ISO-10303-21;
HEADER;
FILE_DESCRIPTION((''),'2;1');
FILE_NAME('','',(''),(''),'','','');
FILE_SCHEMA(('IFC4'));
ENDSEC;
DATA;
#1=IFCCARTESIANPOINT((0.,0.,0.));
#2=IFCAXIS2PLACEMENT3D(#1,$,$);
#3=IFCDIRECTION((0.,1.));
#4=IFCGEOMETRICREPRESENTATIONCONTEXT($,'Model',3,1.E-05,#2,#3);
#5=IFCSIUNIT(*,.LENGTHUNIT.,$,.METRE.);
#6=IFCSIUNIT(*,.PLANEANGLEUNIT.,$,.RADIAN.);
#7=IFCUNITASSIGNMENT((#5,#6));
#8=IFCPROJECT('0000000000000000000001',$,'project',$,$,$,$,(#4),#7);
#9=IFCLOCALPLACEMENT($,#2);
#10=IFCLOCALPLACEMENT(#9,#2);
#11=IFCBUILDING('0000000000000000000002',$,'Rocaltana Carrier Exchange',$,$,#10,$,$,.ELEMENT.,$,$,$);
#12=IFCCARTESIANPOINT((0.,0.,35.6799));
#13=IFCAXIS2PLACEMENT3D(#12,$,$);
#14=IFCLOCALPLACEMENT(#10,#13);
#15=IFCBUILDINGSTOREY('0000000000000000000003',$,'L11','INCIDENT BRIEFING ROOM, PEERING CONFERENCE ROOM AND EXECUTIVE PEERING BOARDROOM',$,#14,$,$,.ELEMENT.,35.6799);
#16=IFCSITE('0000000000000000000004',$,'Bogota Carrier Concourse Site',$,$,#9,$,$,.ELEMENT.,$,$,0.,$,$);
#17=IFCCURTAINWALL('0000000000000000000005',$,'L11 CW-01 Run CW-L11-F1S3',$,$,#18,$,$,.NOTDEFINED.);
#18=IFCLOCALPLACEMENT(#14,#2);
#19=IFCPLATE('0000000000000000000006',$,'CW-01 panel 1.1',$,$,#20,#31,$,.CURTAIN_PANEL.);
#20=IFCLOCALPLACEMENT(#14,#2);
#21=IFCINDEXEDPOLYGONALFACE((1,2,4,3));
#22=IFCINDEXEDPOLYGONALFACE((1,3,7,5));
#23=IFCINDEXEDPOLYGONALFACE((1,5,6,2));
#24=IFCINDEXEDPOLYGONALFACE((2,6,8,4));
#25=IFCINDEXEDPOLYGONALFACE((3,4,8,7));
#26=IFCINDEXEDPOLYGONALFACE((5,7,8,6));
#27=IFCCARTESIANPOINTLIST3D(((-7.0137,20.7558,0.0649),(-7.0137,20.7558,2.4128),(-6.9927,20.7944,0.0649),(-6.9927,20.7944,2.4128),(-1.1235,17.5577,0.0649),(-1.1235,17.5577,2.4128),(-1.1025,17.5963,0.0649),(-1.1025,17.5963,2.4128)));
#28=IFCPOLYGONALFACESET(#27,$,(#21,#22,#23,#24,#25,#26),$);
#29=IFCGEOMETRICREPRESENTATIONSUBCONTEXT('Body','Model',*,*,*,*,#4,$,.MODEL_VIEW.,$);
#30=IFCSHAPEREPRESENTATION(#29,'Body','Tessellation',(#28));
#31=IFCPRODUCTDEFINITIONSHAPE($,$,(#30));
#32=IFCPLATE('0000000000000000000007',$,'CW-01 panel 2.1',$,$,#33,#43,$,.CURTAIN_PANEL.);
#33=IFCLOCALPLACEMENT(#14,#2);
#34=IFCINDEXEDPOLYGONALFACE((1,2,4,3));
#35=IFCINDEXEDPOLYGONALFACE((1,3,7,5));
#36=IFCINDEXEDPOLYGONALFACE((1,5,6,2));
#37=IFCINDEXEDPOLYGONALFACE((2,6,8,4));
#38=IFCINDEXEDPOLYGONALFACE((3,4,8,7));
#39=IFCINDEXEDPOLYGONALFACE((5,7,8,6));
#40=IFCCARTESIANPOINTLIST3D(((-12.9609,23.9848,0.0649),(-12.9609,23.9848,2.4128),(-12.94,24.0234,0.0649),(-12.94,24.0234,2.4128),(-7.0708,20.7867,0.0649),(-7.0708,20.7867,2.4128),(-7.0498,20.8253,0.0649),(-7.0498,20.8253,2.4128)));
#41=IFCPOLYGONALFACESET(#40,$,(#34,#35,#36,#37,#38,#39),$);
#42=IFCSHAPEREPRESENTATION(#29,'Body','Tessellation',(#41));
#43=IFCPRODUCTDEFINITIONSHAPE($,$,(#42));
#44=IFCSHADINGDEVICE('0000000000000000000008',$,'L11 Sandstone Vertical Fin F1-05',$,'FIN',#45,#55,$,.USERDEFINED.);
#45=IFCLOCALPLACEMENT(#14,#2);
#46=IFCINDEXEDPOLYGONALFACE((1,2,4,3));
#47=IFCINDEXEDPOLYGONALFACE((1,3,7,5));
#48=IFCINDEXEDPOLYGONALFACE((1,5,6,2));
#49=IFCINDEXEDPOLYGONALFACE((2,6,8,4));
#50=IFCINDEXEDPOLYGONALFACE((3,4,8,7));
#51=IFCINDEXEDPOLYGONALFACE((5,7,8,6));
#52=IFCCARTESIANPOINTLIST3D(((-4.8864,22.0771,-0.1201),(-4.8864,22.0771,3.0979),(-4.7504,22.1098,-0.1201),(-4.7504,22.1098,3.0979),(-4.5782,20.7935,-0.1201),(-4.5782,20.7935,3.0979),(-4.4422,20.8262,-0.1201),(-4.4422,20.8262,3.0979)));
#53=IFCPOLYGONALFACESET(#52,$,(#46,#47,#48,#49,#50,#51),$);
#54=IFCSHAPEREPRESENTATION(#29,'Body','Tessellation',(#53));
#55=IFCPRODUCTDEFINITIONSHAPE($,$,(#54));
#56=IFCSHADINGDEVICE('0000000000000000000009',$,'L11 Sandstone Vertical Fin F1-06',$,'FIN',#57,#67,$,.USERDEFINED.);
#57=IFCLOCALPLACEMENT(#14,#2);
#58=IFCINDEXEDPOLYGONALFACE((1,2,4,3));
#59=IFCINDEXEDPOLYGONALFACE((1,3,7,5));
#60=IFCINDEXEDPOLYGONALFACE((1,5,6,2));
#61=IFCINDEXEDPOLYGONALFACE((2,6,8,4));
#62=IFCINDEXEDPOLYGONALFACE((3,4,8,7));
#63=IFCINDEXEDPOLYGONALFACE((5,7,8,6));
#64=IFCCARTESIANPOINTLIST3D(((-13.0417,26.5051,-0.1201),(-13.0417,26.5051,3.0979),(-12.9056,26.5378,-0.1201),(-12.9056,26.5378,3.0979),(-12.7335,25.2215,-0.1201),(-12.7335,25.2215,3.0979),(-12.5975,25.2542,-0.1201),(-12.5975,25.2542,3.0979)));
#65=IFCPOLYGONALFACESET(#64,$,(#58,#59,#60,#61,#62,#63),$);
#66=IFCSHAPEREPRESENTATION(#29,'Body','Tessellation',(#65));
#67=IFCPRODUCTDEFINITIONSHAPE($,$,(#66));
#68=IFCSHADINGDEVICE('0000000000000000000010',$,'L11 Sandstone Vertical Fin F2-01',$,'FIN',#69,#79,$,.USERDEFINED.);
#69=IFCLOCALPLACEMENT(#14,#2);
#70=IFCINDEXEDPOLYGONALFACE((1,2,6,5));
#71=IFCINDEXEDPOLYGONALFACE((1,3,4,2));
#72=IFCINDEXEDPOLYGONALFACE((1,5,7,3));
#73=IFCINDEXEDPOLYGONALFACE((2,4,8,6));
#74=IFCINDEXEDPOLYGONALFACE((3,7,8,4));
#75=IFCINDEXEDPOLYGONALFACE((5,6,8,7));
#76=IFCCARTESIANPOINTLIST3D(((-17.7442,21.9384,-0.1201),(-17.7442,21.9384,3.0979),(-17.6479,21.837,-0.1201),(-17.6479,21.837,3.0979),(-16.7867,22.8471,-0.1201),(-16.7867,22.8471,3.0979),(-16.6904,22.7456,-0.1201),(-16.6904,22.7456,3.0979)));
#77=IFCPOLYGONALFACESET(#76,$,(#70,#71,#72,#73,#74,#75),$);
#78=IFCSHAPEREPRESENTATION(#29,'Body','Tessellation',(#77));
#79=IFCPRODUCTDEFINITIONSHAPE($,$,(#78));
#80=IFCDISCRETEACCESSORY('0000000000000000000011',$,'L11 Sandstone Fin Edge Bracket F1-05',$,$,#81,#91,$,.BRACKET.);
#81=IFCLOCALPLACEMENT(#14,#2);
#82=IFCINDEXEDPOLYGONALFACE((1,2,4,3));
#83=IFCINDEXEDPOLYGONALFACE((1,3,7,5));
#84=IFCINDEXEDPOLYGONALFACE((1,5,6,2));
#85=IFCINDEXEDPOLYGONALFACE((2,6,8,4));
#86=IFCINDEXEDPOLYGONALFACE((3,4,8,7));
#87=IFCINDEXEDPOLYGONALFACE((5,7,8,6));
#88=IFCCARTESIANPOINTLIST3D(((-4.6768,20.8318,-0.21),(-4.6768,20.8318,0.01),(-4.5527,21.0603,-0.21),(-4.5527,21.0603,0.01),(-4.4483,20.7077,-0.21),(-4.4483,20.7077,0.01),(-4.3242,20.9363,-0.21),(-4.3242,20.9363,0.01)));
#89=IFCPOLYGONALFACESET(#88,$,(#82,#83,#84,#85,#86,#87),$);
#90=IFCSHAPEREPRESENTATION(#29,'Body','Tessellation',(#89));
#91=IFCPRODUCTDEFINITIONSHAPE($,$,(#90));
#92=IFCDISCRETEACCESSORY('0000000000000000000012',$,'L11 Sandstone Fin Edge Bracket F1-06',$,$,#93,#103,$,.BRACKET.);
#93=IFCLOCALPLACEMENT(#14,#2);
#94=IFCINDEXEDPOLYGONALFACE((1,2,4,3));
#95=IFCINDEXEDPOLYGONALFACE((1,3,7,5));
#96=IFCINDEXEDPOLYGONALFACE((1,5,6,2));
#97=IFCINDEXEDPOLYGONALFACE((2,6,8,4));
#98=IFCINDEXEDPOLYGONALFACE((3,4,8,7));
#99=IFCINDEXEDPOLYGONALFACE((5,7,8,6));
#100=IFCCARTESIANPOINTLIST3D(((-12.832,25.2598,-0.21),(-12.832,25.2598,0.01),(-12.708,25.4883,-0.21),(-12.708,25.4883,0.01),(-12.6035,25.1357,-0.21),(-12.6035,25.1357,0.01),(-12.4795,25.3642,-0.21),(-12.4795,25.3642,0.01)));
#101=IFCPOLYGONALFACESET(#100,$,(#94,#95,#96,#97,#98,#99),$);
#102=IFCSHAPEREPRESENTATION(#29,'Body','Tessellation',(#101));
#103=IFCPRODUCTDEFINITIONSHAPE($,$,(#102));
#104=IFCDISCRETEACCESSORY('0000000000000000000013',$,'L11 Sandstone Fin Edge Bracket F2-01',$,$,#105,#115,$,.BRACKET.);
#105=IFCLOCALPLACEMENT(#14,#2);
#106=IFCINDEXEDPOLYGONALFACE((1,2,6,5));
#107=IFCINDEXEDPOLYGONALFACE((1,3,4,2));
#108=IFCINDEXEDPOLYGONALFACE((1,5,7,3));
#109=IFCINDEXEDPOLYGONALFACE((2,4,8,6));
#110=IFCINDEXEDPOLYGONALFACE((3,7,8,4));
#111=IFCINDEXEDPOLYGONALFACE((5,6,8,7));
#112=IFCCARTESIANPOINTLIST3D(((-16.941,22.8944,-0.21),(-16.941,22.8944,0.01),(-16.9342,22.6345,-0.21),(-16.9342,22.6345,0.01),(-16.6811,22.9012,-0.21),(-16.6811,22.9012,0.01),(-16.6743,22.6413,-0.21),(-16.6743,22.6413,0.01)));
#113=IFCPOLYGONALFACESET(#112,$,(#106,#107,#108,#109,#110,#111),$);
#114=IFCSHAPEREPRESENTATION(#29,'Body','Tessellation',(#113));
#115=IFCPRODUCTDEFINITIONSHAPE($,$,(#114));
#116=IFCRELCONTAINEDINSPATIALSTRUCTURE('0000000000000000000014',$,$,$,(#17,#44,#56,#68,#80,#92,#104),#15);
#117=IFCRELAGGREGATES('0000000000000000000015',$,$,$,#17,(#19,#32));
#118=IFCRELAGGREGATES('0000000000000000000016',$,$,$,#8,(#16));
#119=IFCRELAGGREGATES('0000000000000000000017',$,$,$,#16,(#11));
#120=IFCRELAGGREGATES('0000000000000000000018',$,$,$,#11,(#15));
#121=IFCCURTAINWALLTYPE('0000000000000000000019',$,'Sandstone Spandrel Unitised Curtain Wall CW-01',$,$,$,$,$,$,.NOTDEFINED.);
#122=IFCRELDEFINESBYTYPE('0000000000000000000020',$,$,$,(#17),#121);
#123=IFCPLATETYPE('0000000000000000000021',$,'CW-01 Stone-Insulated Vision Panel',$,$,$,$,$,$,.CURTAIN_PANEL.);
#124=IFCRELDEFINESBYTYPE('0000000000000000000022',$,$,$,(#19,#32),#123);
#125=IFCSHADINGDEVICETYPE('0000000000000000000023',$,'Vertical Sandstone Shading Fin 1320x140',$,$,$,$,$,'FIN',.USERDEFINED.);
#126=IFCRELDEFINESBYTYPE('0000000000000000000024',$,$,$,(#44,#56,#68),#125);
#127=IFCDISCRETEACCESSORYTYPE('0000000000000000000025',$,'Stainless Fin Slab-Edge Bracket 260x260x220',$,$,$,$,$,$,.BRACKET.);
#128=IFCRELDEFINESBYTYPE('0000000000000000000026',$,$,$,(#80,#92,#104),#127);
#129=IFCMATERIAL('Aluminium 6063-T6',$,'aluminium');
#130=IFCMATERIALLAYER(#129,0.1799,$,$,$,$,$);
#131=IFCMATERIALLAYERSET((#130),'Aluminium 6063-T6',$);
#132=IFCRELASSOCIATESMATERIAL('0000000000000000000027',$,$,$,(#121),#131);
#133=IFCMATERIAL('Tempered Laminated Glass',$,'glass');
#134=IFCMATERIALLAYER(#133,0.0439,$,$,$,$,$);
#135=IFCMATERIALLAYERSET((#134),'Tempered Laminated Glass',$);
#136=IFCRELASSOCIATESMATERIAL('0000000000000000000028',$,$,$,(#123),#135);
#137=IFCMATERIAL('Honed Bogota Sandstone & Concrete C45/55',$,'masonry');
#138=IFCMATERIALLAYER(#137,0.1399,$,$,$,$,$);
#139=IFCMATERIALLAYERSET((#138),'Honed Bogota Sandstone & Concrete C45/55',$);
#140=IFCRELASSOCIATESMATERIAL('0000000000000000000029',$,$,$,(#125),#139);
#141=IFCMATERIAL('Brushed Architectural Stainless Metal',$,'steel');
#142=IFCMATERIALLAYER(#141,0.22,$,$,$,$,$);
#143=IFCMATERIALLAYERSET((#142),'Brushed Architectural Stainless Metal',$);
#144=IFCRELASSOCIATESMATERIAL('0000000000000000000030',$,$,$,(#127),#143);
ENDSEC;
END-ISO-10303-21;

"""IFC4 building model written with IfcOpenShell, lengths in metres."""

from ifc_helpers import new_model, si_unit, direction, frame, origin, origin_2d, place, context, subcontext, project, spatial, rectangle, extrude, material, layer, layer_set, type_object, element, aggregate, save


model = new_model("IFC4")

# Units and contexts
model_context = context("Model", 3, precision=1e-05, world=origin(), true_north=direction((0.0, 1.0)))
body_context = subcontext(model_context, "Body", "Model", "MODEL_VIEW")
ifc_project = project(units=[si_unit("LENGTHUNIT", "METRE"), si_unit("PLANEANGLEUNIT", "RADIAN")], contexts=[model_context])

# Site, building, storey
site_placement = place(None, origin())
site = spatial("IfcSite", under=ifc_project, at=site_placement, Name="Bogota Carrier Concourse Site", CompositionType="ELEMENT", RefElevation=0.0)
building_placement = place(site_placement, origin())
building = spatial("IfcBuilding", under=site, at=building_placement, Name="Rocaltana Carrier Exchange", CompositionType="ELEMENT")
storey_placement = place(building_placement, frame((0.0, 0.0, 35.6799)))
storey = spatial("IfcBuildingStorey", under=building, at=storey_placement, Name="L11", Description="INCIDENT BRIEFING ROOM, PEERING CONFERENCE ROOM AND EXECUTIVE PEERING BOARDROOM", CompositionType="ELEMENT", Elevation=35.6799)

# Curtain wall
ifc_material_1 = material(Name="Aluminium 6063-T6", Category="aluminium")
ifc_layer_1 = layer(ifc_material_1, 0.1799)
ifc_layer_set_1 = layer_set([ifc_layer_1], Name="Aluminium 6063-T6")
curtain_wall_type = type_object("IfcCurtainWallType", Name="Sandstone Spandrel Unitised Curtain Wall CW-01", PredefinedType="NOTDEFINED", material=ifc_layer_set_1)
curtain_wall_1_placement = place(storey_placement, origin())
curtain_wall_1 = element("IfcCurtainWall", 1, at=curtain_wall_1_placement, inside=storey, type_object=curtain_wall_type, Name="L11 CW-01 Run CW-L11-F1S3", PredefinedType="NOTDEFINED")

# Plates
ifc_material_2 = material(Name="Tempered Laminated Glass", Category="glass")
ifc_layer_2 = layer(ifc_material_2, 0.0439)
ifc_layer_set_2 = layer_set([ifc_layer_2], Name="Tempered Laminated Glass")
plate_type = type_object("IfcPlateType", Name="CW-01 Stone-Insulated Vision Panel", PredefinedType="CURTAIN_PANEL", material=ifc_layer_set_2)
plate_1_placement = place(storey_placement, frame((-4.0581, 19.176, 0.0649), z_axis=(0.0, 0.0, 1.0), x_axis=(-0.878819, 0.477156, 0.0)))
plate_1 = element("IfcPlate", 2, at=plate_1_placement, type_object=plate_type, Name="CW-01 panel 1.1", PredefinedType="CURTAIN_PANEL", context=body_context, shape_type="SweptSolid", body=[
    extrude(rectangle(XDim=6.7024, YDim=0.0439, at=origin_2d()), origin(), (0.0, 0.0, 1.0), 2.3479),
])
plate_2_placement = place(storey_placement, frame((-10.0054, 22.405, 0.0649), z_axis=(0.0, 0.0, 1.0), x_axis=(-0.878819, 0.477156, 0.0)))
plate_2 = element("IfcPlate", 3, at=plate_2_placement, type_object=plate_type, Name="CW-01 panel 2.1", PredefinedType="CURTAIN_PANEL", context=body_context, shape_type="SweptSolid", body=[
    extrude(rectangle(XDim=6.7024, YDim=0.0439, at=origin_2d()), origin(), (0.0, 0.0, 1.0), 2.3479),
])
aggregate(curtain_wall_1, [plate_1, plate_2])

# Shading devices
ifc_material_3 = material(Name="Honed Bogota Sandstone & Concrete C45/55", Category="masonry")
ifc_layer_3 = layer(ifc_material_3, 0.1399)
ifc_layer_set_3 = layer_set([ifc_layer_3], Name="Honed Bogota Sandstone & Concrete C45/55")
shading_device_type = type_object("IfcShadingDeviceType", Name="Vertical Sandstone Shading Fin 1320x140", ElementType="FIN", PredefinedType="USERDEFINED", material=ifc_layer_set_3)
for number, where, z_axis, x_axis, name in (
    (4, (-4.6643, 21.4517, -0.1201), (0.0, 0.0, 1.0), (-0.233445, 0.97237, 0.0), "L11 Sandstone Vertical Fin F1-05"),
    (5, (-12.8196, 25.8796, -0.1201), (0.0, 0.0, 1.0), (-0.233445, 0.97237, 0.0), "L11 Sandstone Vertical Fin F1-06"),
    (6, (-17.2173, 22.342, -0.1201), (0.0, 0.0, 1.0), (-0.725374, -0.688355, 0.0), "L11 Sandstone Vertical Fin F2-01"),
):
    element("IfcShadingDevice", number, at=place(storey_placement, frame(where, z_axis=z_axis, x_axis=x_axis)), inside=storey, type_object=shading_device_type, Name=name, ObjectType="FIN", PredefinedType="USERDEFINED", context=body_context, shape_type="SweptSolid", body=[
        extrude(rectangle(XDim=1.3201, YDim=0.1399, at=origin_2d()), origin(), (0.0, 0.0, 1.0), 3.218),
    ])

# Discrete accessories
ifc_material_4 = material(Name="Brushed Architectural Stainless Metal", Category="steel")
ifc_layer_4 = layer(ifc_material_4, 0.22)
ifc_layer_set_4 = layer_set([ifc_layer_4], Name="Brushed Architectural Stainless Metal")
discrete_accessory_type = type_object("IfcDiscreteAccessoryType", Name="Stainless Fin Slab-Edge Bracket 260x260x220", PredefinedType="BRACKET", material=ifc_layer_set_4)
for number, where, z_axis, x_axis, name in (
    (7, (-4.5005, 20.884, -0.21), (0.0, 0.0, 1.0), (-0.878817, 0.477159, 0.0), "L11 Sandstone Fin Edge Bracket F1-05"),
    (8, (-12.6558, 25.312, -0.21), (0.0, 0.0, 1.0), (-0.878817, 0.477159, 0.0), "L11 Sandstone Fin Edge Bracket F1-06"),
    (9, (-16.8076, 22.7678, -0.21), (0.0, 0.0, 1.0), (0.026177, -0.999657, 0.0), "L11 Sandstone Fin Edge Bracket F2-01"),
):
    element("IfcDiscreteAccessory", number, at=place(storey_placement, frame(where, z_axis=z_axis, x_axis=x_axis)), inside=storey, type_object=discrete_accessory_type, Name=name, PredefinedType="BRACKET", context=body_context, shape_type="SweptSolid", body=[
        extrude(rectangle(XDim=0.26, YDim=0.26, at=origin_2d()), origin(), (0.0, 0.0, 1.0), 0.22),
    ])

save(model, "model.ifc")
